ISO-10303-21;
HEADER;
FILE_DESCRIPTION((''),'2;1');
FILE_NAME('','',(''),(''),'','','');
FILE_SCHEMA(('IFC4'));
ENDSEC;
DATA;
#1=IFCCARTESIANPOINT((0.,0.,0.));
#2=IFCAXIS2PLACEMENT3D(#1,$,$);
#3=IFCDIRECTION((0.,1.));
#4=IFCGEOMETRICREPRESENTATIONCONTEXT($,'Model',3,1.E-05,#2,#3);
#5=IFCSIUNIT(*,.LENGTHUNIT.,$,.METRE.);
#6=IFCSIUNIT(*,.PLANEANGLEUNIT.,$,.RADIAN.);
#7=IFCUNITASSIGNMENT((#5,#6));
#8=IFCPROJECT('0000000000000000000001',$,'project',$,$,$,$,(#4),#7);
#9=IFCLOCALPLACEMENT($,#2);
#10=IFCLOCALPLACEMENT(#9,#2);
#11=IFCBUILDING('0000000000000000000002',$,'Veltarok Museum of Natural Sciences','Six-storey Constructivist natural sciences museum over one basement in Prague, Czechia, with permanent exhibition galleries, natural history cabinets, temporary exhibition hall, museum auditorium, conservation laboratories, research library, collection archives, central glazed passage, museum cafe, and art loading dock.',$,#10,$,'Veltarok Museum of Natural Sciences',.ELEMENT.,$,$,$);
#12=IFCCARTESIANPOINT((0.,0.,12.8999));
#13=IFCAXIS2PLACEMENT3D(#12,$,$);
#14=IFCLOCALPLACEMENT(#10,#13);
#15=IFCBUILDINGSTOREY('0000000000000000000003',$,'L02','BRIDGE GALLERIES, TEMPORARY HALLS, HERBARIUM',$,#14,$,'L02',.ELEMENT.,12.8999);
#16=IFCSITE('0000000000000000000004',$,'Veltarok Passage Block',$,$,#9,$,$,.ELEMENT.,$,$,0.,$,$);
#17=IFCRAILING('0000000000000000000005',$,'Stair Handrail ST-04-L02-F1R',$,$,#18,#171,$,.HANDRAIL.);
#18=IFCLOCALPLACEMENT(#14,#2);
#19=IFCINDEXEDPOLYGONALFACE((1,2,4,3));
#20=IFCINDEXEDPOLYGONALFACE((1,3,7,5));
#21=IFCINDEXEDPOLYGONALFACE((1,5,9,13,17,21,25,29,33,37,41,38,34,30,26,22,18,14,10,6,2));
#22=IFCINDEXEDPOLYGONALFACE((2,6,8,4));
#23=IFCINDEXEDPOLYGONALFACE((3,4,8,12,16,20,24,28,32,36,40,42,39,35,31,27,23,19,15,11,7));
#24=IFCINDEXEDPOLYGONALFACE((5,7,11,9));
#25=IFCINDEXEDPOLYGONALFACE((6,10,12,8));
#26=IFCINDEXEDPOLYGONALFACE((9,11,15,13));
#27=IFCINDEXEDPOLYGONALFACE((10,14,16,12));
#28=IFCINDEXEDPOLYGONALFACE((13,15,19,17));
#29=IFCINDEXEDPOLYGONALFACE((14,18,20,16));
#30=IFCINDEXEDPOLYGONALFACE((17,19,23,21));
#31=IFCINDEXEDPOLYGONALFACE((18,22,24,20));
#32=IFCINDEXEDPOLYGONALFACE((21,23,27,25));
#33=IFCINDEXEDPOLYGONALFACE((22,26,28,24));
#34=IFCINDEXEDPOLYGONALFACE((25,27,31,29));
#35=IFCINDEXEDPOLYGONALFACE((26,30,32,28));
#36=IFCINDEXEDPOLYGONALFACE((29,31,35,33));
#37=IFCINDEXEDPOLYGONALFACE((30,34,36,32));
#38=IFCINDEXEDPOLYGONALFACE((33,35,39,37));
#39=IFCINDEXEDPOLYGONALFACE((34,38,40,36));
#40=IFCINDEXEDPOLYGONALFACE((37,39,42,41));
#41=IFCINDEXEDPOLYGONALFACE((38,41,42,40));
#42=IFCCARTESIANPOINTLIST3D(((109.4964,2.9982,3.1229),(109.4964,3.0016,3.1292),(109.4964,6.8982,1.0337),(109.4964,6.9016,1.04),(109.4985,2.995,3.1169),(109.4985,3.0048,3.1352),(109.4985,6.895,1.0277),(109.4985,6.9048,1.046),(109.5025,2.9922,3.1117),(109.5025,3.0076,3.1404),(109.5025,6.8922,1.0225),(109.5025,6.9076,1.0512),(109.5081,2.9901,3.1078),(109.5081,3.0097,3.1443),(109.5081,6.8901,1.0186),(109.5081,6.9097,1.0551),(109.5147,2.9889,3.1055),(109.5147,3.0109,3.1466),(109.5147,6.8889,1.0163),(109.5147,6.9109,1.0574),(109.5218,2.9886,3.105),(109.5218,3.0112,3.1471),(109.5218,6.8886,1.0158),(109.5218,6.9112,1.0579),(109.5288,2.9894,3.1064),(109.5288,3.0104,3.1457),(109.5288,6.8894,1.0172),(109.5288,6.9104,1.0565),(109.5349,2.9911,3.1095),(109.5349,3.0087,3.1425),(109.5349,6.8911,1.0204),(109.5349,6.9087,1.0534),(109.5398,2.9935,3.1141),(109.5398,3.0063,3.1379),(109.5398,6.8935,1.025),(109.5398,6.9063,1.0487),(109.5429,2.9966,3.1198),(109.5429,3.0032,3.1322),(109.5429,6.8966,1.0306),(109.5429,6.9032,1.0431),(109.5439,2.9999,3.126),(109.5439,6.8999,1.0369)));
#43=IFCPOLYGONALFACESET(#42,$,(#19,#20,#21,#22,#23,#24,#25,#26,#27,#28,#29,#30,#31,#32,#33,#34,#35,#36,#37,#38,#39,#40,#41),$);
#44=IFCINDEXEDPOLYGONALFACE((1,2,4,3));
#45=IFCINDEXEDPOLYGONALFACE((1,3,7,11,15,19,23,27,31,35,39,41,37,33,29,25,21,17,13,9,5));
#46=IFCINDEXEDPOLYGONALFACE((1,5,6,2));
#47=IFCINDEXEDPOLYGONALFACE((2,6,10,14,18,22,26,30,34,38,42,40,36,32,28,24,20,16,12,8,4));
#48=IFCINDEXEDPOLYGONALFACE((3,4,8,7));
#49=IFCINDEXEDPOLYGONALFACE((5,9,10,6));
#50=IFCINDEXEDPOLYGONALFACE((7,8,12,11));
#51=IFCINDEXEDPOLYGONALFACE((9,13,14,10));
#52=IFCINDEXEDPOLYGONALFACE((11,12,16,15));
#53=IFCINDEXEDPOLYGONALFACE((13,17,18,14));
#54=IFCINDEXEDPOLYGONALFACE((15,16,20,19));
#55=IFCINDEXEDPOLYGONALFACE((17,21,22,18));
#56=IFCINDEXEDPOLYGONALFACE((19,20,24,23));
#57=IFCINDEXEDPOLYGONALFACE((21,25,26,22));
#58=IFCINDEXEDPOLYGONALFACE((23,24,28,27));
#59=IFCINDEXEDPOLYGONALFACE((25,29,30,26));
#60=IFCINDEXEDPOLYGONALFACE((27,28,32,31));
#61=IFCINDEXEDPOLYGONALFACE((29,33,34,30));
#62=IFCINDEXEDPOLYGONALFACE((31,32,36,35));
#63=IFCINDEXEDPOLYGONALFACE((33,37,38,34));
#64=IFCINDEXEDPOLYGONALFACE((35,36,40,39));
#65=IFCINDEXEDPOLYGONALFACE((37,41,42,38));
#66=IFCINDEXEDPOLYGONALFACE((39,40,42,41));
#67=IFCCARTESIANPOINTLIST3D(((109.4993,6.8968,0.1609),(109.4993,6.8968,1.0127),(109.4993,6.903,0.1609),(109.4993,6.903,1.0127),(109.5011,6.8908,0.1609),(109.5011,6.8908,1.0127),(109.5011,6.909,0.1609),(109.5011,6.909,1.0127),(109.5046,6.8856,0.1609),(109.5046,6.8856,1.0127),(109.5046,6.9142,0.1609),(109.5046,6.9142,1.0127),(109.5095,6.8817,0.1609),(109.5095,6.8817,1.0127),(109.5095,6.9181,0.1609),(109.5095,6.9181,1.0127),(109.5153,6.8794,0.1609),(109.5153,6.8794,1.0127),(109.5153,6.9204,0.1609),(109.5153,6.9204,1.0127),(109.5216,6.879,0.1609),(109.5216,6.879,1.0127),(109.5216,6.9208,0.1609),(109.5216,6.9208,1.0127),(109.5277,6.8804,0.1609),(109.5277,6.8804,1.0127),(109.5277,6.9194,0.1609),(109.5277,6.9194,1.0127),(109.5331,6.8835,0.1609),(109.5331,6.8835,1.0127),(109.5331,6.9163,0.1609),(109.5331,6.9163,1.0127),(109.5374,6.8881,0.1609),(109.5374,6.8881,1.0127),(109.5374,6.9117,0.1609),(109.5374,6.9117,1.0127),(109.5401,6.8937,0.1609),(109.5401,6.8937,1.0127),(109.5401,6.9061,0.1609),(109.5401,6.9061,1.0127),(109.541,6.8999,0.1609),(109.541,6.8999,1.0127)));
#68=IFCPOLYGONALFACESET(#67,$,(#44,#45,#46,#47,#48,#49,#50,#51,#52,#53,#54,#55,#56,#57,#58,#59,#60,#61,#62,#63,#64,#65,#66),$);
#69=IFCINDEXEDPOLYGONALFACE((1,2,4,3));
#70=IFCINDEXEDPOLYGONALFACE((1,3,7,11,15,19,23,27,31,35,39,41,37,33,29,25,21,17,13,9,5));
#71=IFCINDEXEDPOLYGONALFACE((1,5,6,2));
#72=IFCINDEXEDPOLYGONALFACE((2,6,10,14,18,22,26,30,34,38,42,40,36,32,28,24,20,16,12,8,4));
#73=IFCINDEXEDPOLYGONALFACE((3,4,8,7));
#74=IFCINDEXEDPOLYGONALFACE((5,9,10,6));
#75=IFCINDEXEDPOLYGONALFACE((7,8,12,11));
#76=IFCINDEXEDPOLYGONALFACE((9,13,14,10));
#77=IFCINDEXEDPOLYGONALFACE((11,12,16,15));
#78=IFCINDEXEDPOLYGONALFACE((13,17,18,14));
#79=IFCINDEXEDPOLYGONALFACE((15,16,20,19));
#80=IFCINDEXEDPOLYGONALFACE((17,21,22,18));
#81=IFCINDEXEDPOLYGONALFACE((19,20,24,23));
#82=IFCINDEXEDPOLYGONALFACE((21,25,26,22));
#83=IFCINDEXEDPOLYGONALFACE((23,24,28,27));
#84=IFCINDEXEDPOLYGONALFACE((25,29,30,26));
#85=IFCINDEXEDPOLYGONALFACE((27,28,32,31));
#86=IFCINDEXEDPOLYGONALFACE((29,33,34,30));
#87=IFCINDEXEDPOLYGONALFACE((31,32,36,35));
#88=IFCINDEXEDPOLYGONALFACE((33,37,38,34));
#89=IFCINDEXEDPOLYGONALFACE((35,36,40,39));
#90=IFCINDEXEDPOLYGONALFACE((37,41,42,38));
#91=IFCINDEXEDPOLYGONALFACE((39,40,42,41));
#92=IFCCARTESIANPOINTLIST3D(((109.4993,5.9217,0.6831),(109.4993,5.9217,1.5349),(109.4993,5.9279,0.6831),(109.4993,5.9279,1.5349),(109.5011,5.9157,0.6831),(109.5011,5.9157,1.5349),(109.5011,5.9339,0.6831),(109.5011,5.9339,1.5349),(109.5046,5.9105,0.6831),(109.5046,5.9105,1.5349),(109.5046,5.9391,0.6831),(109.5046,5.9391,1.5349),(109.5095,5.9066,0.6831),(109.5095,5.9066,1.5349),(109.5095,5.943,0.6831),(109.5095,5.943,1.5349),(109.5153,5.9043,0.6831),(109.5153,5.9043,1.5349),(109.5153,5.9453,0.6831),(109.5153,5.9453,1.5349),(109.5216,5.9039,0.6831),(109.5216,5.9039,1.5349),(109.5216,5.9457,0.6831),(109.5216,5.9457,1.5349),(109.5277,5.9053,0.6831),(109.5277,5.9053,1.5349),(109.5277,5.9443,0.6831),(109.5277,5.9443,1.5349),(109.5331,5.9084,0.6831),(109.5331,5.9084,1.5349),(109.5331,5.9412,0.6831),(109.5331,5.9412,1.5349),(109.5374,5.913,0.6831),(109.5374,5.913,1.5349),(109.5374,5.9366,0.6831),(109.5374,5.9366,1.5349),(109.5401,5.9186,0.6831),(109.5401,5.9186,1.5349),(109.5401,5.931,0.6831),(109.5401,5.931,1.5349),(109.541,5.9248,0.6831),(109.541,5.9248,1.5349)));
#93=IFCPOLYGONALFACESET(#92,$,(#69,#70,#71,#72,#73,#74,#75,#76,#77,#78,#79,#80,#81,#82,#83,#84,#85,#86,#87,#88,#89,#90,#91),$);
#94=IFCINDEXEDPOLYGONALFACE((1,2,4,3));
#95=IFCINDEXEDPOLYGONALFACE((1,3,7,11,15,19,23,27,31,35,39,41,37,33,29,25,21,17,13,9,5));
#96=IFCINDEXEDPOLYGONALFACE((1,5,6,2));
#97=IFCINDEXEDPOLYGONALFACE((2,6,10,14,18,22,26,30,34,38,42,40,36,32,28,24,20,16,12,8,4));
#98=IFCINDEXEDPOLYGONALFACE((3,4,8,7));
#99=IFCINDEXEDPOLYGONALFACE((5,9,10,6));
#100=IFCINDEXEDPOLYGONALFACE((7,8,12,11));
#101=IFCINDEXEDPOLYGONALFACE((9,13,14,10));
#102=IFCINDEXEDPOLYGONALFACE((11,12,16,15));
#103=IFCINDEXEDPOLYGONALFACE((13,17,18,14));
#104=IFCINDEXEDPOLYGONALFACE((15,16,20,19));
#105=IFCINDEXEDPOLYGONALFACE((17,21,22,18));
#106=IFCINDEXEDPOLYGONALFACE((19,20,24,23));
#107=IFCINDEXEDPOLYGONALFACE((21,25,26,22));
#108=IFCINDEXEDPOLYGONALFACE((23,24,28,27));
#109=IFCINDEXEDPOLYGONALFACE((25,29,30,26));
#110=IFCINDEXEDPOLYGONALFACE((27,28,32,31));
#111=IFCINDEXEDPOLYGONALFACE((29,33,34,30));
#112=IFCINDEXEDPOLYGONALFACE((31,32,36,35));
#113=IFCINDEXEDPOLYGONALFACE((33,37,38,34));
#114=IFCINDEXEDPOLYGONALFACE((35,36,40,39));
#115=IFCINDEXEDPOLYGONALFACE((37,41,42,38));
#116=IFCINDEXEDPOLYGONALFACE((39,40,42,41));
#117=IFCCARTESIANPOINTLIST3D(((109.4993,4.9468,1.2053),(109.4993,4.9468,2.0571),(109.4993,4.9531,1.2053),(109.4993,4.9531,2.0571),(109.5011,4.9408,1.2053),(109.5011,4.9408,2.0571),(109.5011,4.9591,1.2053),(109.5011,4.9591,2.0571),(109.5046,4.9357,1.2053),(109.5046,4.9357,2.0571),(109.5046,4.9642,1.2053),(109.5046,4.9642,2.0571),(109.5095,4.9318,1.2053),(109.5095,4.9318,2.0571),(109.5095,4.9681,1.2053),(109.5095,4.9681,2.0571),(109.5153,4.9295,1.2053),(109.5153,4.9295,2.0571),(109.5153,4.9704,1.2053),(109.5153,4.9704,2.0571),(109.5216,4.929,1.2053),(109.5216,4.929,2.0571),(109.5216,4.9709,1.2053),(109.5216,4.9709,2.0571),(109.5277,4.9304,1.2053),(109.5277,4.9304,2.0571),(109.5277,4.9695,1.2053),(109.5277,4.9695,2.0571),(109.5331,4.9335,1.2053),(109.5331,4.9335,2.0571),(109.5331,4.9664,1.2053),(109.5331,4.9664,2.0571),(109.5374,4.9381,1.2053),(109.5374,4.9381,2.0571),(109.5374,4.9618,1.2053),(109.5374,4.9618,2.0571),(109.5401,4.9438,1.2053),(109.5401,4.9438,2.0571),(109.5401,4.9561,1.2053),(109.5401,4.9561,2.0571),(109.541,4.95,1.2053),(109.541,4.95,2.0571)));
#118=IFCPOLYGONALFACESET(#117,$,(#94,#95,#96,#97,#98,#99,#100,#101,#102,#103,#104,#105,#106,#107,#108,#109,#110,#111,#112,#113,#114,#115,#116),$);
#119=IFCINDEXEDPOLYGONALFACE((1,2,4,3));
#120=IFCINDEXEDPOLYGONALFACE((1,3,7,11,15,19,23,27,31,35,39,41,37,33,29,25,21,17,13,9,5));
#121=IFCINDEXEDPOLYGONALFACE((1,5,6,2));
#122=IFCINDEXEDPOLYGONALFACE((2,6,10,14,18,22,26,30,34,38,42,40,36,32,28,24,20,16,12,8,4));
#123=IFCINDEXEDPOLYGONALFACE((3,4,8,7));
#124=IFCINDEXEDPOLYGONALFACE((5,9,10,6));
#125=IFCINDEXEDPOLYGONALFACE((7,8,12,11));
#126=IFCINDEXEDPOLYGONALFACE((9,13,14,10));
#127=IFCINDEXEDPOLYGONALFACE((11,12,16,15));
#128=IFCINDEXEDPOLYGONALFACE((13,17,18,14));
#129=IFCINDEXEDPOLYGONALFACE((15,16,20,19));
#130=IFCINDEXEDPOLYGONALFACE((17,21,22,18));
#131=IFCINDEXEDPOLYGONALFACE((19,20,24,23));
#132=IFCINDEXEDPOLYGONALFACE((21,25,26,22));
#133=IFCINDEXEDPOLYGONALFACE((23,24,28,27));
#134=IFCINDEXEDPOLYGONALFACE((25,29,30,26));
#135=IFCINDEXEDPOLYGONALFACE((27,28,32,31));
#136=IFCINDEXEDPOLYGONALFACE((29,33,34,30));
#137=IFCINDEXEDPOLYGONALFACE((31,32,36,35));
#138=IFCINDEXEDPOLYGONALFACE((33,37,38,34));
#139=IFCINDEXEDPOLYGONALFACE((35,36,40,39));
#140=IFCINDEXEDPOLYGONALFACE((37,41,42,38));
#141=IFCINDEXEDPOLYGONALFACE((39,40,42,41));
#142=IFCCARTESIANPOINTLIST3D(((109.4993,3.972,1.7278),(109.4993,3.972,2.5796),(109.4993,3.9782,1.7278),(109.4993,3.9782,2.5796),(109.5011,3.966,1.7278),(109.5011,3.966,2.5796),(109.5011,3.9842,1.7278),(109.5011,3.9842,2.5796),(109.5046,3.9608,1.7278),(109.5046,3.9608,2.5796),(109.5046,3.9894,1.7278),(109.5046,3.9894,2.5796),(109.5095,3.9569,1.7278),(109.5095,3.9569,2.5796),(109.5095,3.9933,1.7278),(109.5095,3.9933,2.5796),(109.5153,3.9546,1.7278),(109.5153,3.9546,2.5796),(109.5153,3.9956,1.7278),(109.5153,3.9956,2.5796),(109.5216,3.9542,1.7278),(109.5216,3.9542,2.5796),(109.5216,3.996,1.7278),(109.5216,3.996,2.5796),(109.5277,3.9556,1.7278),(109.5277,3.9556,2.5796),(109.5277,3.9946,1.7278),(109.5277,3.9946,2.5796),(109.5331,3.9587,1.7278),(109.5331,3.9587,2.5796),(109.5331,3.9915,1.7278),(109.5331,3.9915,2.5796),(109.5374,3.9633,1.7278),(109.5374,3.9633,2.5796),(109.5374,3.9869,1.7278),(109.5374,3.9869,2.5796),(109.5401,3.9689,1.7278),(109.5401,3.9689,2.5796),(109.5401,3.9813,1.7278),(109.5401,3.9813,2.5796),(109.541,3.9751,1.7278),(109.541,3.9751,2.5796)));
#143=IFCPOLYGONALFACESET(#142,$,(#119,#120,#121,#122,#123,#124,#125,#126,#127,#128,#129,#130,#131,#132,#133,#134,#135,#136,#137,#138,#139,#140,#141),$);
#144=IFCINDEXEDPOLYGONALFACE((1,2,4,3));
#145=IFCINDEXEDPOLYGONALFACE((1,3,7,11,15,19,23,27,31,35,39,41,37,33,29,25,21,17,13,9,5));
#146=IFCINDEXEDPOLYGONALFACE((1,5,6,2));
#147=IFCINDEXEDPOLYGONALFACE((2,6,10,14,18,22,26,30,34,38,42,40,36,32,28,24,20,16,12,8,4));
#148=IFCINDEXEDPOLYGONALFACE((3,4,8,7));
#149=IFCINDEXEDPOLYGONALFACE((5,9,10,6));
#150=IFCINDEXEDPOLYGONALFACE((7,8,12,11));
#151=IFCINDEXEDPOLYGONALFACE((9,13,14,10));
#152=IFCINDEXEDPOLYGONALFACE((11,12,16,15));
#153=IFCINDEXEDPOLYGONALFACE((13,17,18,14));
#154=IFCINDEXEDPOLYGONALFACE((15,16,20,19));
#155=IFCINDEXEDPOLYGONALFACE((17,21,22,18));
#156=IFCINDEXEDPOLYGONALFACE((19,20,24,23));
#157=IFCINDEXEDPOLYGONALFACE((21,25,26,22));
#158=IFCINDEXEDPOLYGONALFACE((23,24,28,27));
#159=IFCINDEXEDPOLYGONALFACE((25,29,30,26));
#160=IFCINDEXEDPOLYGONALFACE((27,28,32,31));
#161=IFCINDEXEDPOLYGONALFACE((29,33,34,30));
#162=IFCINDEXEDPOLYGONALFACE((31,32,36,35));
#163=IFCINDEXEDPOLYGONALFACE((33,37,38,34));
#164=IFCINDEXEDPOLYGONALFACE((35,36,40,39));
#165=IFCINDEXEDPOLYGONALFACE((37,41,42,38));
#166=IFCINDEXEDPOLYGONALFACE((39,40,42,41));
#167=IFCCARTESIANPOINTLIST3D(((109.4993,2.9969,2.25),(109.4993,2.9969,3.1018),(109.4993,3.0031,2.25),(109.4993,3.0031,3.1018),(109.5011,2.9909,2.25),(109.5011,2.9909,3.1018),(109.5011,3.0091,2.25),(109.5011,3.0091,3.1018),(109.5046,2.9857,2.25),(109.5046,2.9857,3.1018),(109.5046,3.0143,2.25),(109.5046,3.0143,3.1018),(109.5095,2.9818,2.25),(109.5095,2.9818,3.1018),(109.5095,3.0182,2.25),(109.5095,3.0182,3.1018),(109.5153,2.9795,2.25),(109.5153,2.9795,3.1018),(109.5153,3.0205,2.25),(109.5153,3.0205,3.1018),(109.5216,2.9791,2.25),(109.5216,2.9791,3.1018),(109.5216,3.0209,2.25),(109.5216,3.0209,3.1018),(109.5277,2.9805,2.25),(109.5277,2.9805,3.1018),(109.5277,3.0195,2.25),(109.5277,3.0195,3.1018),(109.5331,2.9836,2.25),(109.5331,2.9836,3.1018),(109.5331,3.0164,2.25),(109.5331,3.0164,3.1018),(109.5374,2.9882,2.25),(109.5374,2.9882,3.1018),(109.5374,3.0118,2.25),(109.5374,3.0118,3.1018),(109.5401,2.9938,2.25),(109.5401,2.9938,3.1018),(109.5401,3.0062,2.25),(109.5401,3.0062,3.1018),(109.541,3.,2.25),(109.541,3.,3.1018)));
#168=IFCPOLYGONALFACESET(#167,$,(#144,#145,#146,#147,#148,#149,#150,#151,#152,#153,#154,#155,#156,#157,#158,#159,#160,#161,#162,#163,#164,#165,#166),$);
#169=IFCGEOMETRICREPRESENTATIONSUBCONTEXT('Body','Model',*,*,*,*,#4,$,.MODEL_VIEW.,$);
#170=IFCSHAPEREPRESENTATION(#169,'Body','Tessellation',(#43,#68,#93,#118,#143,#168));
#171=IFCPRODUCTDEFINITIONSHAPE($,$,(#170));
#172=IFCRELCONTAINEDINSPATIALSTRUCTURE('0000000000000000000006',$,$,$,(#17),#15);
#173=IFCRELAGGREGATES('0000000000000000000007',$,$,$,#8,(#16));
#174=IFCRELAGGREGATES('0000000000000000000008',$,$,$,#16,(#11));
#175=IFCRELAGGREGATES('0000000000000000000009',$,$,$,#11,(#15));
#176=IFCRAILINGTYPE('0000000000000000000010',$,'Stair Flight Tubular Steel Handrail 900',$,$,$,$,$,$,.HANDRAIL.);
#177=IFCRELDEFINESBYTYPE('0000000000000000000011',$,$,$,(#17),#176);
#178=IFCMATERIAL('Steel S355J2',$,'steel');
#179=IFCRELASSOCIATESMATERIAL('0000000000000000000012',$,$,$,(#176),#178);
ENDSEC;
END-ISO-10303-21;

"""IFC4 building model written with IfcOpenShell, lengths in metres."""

from ifc_helpers import new_model, si_unit, direction, frame, origin, origin_2d, place, context, subcontext, project, spatial, circle, extrude, material, type_object, element, save


model = new_model("IFC4")

# Units and contexts
model_context = context("Model", 3, precision=1e-05, world=origin(), true_north=direction((0.0, 1.0)))
body_context = subcontext(model_context, "Body", "Model", "MODEL_VIEW")
ifc_project = project(units=[si_unit("LENGTHUNIT", "METRE"), si_unit("PLANEANGLEUNIT", "RADIAN")], contexts=[model_context])

# Site, building, storey
site_placement = place(None, origin())
site = spatial("IfcSite", under=ifc_project, at=site_placement, Name="Veltarok Passage Block", CompositionType="ELEMENT", RefElevation=0.0)
building_placement = place(site_placement, origin())
building = spatial("IfcBuilding", under=site, at=building_placement, Name="Veltarok Museum of Natural Sciences", Description="Six-storey Constructivist natural sciences museum over one basement in Prague, Czechia, with permanent exhibition galleries, natural history cabinets, temporary exhibition hall, museum auditorium, conservation laboratories, research library, collection archives, central glazed passage, museum cafe, and art loading dock.", LongName="Veltarok Museum of Natural Sciences", CompositionType="ELEMENT")
storey_placement = place(building_placement, frame((0.0, 0.0, 12.8999)))
storey = spatial("IfcBuildingStorey", under=building, at=storey_placement, Name="L02", Description="BRIDGE GALLERIES, TEMPORARY HALLS, HERBARIUM", LongName="L02", CompositionType="ELEMENT", Elevation=12.8999)

# Shared definitions
ifc_material_1 = material(Name="Steel S355J2", Category="steel")

# Railing
railing_type_1 = type_object("IfcRailingType", Name="Stair Flight Tubular Steel Handrail 900", PredefinedType="HANDRAIL", material=ifc_material_1)
for number, where, name in (
    (1, (109.52, 6.8999, 0.1609), "Stair Handrail ST-04-L02-F1R"),
):
    element("IfcRailing", number, at=place(storey_placement, frame(where)), inside=storey, type_object=railing_type_1, Name=name, PredefinedType="HANDRAIL", context=body_context, shape_type="SweptSolid", body=[
        extrude(circle(Radius=0.0239, at=origin_2d()), frame((0.0, 0.0, 0.876), z_axis=(0.0, -0.881491, 0.4722), x_axis=(1.0, 0.0, 0.0)), (0.0, 0.0, 1.0), 4.4243),
        extrude(circle(Radius=0.021, at=origin_2d()), origin(), (0.0, 0.0, 1.0), 0.8518),
        extrude(circle(Radius=0.021, at=origin_2d()), frame((0.0, -0.9751, 0.5222)), (0.0, 0.0, 1.0), 0.8518),
        extrude(circle(Radius=0.021, at=origin_2d()), frame((0.0, -1.95, 1.0444)), (0.0, 0.0, 1.0), 0.8518),
        extrude(circle(Radius=0.021, at=origin_2d()), frame((0.0, -2.9248, 1.5669)), (0.0, 0.0, 1.0), 0.8518),
        extrude(circle(Radius=0.021, at=origin_2d()), frame((0.0, -3.8999, 2.0891)), (0.0, 0.0, 1.0), 0.8518),
    ])

save(model, "model.ifc")
